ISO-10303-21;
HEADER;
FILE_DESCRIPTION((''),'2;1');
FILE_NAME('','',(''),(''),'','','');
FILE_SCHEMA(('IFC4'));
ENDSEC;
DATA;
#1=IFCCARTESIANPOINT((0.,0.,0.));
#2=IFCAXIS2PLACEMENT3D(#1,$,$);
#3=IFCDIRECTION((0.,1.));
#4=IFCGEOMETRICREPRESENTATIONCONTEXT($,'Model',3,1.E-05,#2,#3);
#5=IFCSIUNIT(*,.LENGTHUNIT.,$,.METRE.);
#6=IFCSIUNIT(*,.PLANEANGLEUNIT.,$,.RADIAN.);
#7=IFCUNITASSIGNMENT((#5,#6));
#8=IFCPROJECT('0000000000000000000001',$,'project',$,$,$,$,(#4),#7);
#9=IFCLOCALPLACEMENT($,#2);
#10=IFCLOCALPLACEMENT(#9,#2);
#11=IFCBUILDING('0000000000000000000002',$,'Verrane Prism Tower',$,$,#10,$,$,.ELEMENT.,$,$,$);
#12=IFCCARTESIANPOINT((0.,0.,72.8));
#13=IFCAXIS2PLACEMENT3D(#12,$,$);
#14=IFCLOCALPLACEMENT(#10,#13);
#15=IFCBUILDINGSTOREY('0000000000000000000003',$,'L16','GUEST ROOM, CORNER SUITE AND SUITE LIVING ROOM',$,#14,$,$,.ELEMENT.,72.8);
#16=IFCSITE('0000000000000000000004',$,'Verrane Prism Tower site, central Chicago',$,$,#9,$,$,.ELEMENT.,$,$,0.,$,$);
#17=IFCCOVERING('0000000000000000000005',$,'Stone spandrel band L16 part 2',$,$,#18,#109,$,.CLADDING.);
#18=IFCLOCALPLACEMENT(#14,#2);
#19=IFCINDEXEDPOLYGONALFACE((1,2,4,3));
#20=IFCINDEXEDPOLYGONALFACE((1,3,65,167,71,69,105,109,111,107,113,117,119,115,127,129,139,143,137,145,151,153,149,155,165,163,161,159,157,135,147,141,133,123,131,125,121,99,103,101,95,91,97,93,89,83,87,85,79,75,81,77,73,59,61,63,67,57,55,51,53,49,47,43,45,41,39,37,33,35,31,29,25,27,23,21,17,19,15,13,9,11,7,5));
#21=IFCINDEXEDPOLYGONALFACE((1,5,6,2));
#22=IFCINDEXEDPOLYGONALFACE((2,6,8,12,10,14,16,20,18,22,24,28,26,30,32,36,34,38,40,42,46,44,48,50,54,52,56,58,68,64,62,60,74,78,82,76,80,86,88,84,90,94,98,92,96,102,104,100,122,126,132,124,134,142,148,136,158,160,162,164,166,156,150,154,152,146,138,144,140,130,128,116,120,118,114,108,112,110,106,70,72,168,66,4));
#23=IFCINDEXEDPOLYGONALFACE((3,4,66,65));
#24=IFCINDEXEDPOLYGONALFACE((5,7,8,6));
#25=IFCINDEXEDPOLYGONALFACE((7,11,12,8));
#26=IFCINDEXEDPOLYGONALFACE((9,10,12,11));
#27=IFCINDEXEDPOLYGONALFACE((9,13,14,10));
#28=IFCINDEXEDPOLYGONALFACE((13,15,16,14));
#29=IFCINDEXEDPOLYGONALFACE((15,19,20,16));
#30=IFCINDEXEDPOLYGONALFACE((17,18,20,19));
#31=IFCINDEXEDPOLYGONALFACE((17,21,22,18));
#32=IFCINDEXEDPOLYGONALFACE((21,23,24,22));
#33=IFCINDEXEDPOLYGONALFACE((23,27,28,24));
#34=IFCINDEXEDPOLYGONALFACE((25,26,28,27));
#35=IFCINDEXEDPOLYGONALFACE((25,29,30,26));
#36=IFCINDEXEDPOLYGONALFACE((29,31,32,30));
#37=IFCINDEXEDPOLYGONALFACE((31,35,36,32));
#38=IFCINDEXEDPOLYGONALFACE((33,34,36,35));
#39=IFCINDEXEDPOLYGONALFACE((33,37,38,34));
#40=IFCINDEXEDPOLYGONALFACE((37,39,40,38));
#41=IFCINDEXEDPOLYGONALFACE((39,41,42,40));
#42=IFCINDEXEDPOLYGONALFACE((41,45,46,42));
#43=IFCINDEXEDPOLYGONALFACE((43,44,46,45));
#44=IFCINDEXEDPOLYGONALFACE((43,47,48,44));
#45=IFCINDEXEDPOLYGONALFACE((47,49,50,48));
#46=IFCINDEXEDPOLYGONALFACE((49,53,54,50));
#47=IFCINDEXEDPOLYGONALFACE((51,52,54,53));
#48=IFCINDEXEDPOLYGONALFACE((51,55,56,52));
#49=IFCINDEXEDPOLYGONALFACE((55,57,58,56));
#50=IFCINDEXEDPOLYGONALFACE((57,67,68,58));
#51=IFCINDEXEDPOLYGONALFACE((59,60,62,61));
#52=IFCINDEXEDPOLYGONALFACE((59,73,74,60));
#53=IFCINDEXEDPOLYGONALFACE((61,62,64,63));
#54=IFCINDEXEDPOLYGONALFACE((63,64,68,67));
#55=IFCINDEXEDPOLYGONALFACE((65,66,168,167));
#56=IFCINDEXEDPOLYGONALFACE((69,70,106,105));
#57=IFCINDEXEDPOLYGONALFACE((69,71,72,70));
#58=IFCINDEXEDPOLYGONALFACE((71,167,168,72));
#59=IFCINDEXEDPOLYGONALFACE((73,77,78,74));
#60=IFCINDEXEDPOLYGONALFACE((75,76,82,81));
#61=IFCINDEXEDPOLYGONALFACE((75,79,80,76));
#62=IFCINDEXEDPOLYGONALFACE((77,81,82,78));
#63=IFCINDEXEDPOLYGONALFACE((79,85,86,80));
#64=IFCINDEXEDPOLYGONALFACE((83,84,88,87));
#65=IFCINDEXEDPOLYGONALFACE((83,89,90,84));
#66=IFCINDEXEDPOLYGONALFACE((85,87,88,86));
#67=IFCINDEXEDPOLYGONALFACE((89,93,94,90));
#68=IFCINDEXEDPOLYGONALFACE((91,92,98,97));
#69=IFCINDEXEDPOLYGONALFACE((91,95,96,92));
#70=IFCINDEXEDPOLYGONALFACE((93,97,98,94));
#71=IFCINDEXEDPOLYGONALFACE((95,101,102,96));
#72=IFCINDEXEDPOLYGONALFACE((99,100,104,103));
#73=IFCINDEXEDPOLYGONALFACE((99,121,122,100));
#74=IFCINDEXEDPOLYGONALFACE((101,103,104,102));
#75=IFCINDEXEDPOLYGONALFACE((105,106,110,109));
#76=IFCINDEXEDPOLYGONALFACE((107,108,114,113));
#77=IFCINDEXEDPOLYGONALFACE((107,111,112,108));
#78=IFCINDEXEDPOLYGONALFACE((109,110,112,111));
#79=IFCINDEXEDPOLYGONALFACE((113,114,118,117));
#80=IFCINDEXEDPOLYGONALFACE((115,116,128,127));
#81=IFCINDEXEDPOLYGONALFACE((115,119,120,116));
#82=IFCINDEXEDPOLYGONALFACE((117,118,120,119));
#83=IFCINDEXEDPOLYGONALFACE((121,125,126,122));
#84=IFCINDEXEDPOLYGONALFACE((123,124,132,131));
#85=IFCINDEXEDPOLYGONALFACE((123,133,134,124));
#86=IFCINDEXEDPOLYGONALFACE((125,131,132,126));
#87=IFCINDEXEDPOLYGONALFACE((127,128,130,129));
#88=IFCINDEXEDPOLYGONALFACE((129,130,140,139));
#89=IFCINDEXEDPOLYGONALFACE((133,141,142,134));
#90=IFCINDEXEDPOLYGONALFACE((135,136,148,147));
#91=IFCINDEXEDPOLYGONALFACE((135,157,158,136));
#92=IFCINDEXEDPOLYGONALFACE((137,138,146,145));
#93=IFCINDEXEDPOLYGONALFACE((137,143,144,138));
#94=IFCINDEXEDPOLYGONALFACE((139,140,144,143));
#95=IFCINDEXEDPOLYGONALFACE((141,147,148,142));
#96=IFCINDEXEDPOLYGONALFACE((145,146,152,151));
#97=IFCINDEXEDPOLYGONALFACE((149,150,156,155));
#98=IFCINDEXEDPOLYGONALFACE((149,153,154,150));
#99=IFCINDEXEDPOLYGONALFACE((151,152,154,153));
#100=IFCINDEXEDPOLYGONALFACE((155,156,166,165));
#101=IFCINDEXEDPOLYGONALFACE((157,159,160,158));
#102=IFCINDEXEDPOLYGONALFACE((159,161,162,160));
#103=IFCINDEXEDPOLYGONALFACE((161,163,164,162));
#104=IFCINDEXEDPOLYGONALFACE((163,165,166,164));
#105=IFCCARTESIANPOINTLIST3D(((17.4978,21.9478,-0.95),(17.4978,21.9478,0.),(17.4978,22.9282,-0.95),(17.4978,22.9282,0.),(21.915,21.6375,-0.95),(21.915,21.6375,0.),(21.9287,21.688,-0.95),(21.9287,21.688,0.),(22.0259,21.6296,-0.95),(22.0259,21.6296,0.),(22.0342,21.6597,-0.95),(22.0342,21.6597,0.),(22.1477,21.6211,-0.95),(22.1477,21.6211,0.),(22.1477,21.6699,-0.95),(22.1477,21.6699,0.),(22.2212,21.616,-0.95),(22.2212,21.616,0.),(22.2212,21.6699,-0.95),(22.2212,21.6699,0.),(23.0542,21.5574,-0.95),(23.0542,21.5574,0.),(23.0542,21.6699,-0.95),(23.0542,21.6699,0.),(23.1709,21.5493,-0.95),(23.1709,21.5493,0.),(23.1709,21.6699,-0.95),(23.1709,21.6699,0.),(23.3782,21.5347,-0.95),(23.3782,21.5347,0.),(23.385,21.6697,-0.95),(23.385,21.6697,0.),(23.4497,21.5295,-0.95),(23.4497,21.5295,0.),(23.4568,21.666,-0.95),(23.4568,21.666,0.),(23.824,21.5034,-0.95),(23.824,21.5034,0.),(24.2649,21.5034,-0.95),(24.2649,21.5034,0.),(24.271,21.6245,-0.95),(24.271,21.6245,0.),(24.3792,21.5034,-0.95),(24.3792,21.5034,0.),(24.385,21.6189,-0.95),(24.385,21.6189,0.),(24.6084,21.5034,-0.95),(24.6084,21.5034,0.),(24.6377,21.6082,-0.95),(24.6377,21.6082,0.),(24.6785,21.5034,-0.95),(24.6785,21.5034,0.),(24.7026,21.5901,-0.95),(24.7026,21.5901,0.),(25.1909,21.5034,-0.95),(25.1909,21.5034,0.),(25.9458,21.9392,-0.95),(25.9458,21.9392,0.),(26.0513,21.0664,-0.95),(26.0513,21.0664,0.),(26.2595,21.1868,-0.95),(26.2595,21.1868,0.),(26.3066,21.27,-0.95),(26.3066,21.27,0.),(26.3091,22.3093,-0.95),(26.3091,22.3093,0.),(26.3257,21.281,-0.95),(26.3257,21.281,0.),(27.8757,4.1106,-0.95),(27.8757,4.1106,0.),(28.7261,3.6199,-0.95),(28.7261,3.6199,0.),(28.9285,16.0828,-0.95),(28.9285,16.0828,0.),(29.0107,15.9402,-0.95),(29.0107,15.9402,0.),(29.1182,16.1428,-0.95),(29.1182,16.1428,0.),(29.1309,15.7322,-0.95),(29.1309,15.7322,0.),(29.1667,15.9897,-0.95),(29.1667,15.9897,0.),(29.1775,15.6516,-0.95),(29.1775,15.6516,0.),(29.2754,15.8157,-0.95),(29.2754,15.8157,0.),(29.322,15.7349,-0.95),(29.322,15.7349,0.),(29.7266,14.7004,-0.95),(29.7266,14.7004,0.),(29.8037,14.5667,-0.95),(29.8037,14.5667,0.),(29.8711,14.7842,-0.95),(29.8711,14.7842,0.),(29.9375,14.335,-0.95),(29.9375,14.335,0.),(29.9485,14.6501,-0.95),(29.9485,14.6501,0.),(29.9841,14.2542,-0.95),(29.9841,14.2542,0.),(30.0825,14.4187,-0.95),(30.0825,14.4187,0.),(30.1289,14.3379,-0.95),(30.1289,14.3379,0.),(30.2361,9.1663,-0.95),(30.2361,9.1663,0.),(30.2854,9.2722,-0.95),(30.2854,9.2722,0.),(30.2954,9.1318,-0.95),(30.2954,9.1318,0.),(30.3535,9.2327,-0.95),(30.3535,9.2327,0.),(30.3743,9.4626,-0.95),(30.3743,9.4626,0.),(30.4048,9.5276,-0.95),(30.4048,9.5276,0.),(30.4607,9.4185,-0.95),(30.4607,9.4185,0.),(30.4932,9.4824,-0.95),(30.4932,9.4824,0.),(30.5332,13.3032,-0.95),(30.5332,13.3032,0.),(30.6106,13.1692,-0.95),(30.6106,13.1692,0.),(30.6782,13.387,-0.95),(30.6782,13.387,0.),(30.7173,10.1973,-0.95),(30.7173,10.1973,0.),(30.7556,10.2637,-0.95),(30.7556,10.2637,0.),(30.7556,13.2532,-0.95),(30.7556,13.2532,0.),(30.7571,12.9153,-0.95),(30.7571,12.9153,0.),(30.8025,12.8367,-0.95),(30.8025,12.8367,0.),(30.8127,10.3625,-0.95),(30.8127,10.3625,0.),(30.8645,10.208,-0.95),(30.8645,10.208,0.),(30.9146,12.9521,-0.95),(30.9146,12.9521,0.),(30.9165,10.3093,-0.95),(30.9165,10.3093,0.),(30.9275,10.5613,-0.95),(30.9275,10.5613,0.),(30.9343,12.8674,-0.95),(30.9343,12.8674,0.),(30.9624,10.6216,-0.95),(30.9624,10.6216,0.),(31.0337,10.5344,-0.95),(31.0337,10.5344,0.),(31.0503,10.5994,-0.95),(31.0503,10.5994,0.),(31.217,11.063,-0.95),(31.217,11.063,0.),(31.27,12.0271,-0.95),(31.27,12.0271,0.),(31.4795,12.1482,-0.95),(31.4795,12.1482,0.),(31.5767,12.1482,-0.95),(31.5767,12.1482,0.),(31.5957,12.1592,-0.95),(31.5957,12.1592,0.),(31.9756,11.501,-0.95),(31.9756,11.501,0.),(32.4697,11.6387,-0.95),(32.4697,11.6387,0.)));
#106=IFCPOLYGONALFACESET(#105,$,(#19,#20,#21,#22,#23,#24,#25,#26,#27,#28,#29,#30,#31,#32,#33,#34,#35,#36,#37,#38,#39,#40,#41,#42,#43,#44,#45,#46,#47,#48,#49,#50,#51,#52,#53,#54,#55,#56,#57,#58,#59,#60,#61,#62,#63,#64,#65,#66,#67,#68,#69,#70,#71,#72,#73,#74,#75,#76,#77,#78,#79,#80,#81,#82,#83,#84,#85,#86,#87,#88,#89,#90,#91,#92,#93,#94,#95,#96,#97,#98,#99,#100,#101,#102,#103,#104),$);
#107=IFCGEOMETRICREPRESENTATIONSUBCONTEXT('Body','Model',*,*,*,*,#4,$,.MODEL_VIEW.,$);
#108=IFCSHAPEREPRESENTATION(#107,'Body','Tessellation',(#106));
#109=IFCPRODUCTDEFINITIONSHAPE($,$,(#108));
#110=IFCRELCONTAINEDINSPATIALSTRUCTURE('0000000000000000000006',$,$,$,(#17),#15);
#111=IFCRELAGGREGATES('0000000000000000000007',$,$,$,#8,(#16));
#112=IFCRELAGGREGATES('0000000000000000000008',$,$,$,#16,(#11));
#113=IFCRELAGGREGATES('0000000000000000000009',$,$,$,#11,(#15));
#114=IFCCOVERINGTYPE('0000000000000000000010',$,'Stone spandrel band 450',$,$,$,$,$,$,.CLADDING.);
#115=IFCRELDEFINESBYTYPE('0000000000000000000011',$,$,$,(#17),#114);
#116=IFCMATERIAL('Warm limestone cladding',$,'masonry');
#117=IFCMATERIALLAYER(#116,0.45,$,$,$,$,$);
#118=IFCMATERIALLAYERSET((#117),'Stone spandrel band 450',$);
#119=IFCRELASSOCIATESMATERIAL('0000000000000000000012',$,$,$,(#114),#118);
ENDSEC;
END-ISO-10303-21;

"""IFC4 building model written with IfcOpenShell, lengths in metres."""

from ifc_helpers import new_model, si_unit, direction, frame, origin, place, context, subcontext, project, spatial, polyline, outline, extrude, material, layer, layer_set, type_object, element, save


model = new_model("IFC4")

# Units and contexts
model_context = context("Model", 3, precision=1e-05, world=origin(), true_north=direction((0.0, 1.0)))
body_context = subcontext(model_context, "Body", "Model", "MODEL_VIEW")
ifc_project = project(units=[si_unit("LENGTHUNIT", "METRE"), si_unit("PLANEANGLEUNIT", "RADIAN")], contexts=[model_context])

# Site, building, storey
site_placement = place(None, origin())
site = spatial("IfcSite", under=ifc_project, at=site_placement, Name="Verrane Prism Tower site, central Chicago", CompositionType="ELEMENT", RefElevation=0.0)
building_placement = place(site_placement, origin())
building = spatial("IfcBuilding", under=site, at=building_placement, Name="Verrane Prism Tower", CompositionType="ELEMENT")
storey_placement = place(building_placement, frame((0.0, 0.0, 72.8)))
storey = spatial("IfcBuildingStorey", under=building, at=storey_placement, Name="L16", Description="GUEST ROOM, CORNER SUITE AND SUITE LIVING ROOM", CompositionType="ELEMENT", Elevation=72.8)

# Covering
ifc_material_1 = material(Name="Warm limestone cladding", Category="masonry")
ifc_layer_1 = layer(ifc_material_1, 0.45)
ifc_layer_set_1 = layer_set([ifc_layer_1], Name="Stone spandrel band 450")
covering_type_1 = type_object("IfcCoveringType", Name="Stone spandrel band 450", PredefinedType="CLADDING", material=ifc_layer_set_1)
covering_1_placement = place(storey_placement, frame((0.0, 0.0, -0.95)))
element("IfcCovering", 1, at=covering_1_placement, inside=storey, type_object=covering_type_1, Name="Stone spandrel band L16 part 2", PredefinedType="CLADDING", context=body_context, shape_type="SweptSolid", body=[
    extrude(outline(polyline([(17.4978, 21.9478), (21.915, 21.6375), (21.9287, 21.688), (22.0342, 21.6597), (22.0259, 21.6296), (22.1477, 21.6211), (22.1477, 21.6699), (22.2212, 21.6699), (22.2212, 21.616), (23.0542, 21.5574), (23.0542, 21.6699), (23.1709, 21.6699), (23.1709, 21.5493), (23.3782, 21.5347), (23.385, 21.6697), (23.4568, 21.666), (23.4497, 21.5295), (23.824, 21.5034), (24.2649, 21.5034), (24.271, 21.6245), (24.385, 21.6189), (24.3792, 21.5034), (24.6084, 21.5034), (24.6377, 21.6082), (24.7026, 21.5901), (24.6785, 21.5034), (25.1909, 21.5034), (25.9458, 21.9392), (26.3257, 21.281), (26.3066, 21.27), (26.2595, 21.1868), (26.0513, 21.0664), (28.9285, 16.0828), (29.1182, 16.1428), (29.1667, 15.9897), (29.0107, 15.9402), (29.1309, 15.7322), (29.2754, 15.8157), (29.322, 15.7349), (29.1775, 15.6516), (29.7266, 14.7004), (29.8711, 14.7842), (29.9485, 14.6501), (29.8037, 14.5667), (29.9375, 14.335), (30.0825, 14.4187), (30.1289, 14.3379), (29.9841, 14.2542), (30.5332, 13.3032), (30.6782, 13.387), (30.7556, 13.2532), (30.6106, 13.1692), (30.7571, 12.9153), (30.9146, 12.9521), (30.9343, 12.8674), (30.8025, 12.8367), (31.27, 12.0271), (31.4795, 12.1482), (31.5767, 12.1482), (31.5957, 12.1592), (31.9756, 11.501), (31.217, 11.063), (30.9624, 10.6216), (31.0503, 10.5994), (31.0337, 10.5344), (30.9275, 10.5613), (30.8127, 10.3625), (30.9165, 10.3093), (30.8645, 10.208), (30.7556, 10.2637), (30.7173, 10.1973), (30.4048, 9.5276), (30.4932, 9.4824), (30.4607, 9.4185), (30.3743, 9.4626), (30.2854, 9.2722), (30.3535, 9.2327), (30.2954, 9.1318), (30.2361, 9.1663), (27.8757, 4.1106), (28.7261, 3.6199), (32.4697, 11.6387), (26.3091, 22.3093), (17.4978, 22.9282), (17.4978, 21.9478)])), origin(), (0.0, 0.0, 1.0), 0.95),
])

save(model, "model.ifc")
